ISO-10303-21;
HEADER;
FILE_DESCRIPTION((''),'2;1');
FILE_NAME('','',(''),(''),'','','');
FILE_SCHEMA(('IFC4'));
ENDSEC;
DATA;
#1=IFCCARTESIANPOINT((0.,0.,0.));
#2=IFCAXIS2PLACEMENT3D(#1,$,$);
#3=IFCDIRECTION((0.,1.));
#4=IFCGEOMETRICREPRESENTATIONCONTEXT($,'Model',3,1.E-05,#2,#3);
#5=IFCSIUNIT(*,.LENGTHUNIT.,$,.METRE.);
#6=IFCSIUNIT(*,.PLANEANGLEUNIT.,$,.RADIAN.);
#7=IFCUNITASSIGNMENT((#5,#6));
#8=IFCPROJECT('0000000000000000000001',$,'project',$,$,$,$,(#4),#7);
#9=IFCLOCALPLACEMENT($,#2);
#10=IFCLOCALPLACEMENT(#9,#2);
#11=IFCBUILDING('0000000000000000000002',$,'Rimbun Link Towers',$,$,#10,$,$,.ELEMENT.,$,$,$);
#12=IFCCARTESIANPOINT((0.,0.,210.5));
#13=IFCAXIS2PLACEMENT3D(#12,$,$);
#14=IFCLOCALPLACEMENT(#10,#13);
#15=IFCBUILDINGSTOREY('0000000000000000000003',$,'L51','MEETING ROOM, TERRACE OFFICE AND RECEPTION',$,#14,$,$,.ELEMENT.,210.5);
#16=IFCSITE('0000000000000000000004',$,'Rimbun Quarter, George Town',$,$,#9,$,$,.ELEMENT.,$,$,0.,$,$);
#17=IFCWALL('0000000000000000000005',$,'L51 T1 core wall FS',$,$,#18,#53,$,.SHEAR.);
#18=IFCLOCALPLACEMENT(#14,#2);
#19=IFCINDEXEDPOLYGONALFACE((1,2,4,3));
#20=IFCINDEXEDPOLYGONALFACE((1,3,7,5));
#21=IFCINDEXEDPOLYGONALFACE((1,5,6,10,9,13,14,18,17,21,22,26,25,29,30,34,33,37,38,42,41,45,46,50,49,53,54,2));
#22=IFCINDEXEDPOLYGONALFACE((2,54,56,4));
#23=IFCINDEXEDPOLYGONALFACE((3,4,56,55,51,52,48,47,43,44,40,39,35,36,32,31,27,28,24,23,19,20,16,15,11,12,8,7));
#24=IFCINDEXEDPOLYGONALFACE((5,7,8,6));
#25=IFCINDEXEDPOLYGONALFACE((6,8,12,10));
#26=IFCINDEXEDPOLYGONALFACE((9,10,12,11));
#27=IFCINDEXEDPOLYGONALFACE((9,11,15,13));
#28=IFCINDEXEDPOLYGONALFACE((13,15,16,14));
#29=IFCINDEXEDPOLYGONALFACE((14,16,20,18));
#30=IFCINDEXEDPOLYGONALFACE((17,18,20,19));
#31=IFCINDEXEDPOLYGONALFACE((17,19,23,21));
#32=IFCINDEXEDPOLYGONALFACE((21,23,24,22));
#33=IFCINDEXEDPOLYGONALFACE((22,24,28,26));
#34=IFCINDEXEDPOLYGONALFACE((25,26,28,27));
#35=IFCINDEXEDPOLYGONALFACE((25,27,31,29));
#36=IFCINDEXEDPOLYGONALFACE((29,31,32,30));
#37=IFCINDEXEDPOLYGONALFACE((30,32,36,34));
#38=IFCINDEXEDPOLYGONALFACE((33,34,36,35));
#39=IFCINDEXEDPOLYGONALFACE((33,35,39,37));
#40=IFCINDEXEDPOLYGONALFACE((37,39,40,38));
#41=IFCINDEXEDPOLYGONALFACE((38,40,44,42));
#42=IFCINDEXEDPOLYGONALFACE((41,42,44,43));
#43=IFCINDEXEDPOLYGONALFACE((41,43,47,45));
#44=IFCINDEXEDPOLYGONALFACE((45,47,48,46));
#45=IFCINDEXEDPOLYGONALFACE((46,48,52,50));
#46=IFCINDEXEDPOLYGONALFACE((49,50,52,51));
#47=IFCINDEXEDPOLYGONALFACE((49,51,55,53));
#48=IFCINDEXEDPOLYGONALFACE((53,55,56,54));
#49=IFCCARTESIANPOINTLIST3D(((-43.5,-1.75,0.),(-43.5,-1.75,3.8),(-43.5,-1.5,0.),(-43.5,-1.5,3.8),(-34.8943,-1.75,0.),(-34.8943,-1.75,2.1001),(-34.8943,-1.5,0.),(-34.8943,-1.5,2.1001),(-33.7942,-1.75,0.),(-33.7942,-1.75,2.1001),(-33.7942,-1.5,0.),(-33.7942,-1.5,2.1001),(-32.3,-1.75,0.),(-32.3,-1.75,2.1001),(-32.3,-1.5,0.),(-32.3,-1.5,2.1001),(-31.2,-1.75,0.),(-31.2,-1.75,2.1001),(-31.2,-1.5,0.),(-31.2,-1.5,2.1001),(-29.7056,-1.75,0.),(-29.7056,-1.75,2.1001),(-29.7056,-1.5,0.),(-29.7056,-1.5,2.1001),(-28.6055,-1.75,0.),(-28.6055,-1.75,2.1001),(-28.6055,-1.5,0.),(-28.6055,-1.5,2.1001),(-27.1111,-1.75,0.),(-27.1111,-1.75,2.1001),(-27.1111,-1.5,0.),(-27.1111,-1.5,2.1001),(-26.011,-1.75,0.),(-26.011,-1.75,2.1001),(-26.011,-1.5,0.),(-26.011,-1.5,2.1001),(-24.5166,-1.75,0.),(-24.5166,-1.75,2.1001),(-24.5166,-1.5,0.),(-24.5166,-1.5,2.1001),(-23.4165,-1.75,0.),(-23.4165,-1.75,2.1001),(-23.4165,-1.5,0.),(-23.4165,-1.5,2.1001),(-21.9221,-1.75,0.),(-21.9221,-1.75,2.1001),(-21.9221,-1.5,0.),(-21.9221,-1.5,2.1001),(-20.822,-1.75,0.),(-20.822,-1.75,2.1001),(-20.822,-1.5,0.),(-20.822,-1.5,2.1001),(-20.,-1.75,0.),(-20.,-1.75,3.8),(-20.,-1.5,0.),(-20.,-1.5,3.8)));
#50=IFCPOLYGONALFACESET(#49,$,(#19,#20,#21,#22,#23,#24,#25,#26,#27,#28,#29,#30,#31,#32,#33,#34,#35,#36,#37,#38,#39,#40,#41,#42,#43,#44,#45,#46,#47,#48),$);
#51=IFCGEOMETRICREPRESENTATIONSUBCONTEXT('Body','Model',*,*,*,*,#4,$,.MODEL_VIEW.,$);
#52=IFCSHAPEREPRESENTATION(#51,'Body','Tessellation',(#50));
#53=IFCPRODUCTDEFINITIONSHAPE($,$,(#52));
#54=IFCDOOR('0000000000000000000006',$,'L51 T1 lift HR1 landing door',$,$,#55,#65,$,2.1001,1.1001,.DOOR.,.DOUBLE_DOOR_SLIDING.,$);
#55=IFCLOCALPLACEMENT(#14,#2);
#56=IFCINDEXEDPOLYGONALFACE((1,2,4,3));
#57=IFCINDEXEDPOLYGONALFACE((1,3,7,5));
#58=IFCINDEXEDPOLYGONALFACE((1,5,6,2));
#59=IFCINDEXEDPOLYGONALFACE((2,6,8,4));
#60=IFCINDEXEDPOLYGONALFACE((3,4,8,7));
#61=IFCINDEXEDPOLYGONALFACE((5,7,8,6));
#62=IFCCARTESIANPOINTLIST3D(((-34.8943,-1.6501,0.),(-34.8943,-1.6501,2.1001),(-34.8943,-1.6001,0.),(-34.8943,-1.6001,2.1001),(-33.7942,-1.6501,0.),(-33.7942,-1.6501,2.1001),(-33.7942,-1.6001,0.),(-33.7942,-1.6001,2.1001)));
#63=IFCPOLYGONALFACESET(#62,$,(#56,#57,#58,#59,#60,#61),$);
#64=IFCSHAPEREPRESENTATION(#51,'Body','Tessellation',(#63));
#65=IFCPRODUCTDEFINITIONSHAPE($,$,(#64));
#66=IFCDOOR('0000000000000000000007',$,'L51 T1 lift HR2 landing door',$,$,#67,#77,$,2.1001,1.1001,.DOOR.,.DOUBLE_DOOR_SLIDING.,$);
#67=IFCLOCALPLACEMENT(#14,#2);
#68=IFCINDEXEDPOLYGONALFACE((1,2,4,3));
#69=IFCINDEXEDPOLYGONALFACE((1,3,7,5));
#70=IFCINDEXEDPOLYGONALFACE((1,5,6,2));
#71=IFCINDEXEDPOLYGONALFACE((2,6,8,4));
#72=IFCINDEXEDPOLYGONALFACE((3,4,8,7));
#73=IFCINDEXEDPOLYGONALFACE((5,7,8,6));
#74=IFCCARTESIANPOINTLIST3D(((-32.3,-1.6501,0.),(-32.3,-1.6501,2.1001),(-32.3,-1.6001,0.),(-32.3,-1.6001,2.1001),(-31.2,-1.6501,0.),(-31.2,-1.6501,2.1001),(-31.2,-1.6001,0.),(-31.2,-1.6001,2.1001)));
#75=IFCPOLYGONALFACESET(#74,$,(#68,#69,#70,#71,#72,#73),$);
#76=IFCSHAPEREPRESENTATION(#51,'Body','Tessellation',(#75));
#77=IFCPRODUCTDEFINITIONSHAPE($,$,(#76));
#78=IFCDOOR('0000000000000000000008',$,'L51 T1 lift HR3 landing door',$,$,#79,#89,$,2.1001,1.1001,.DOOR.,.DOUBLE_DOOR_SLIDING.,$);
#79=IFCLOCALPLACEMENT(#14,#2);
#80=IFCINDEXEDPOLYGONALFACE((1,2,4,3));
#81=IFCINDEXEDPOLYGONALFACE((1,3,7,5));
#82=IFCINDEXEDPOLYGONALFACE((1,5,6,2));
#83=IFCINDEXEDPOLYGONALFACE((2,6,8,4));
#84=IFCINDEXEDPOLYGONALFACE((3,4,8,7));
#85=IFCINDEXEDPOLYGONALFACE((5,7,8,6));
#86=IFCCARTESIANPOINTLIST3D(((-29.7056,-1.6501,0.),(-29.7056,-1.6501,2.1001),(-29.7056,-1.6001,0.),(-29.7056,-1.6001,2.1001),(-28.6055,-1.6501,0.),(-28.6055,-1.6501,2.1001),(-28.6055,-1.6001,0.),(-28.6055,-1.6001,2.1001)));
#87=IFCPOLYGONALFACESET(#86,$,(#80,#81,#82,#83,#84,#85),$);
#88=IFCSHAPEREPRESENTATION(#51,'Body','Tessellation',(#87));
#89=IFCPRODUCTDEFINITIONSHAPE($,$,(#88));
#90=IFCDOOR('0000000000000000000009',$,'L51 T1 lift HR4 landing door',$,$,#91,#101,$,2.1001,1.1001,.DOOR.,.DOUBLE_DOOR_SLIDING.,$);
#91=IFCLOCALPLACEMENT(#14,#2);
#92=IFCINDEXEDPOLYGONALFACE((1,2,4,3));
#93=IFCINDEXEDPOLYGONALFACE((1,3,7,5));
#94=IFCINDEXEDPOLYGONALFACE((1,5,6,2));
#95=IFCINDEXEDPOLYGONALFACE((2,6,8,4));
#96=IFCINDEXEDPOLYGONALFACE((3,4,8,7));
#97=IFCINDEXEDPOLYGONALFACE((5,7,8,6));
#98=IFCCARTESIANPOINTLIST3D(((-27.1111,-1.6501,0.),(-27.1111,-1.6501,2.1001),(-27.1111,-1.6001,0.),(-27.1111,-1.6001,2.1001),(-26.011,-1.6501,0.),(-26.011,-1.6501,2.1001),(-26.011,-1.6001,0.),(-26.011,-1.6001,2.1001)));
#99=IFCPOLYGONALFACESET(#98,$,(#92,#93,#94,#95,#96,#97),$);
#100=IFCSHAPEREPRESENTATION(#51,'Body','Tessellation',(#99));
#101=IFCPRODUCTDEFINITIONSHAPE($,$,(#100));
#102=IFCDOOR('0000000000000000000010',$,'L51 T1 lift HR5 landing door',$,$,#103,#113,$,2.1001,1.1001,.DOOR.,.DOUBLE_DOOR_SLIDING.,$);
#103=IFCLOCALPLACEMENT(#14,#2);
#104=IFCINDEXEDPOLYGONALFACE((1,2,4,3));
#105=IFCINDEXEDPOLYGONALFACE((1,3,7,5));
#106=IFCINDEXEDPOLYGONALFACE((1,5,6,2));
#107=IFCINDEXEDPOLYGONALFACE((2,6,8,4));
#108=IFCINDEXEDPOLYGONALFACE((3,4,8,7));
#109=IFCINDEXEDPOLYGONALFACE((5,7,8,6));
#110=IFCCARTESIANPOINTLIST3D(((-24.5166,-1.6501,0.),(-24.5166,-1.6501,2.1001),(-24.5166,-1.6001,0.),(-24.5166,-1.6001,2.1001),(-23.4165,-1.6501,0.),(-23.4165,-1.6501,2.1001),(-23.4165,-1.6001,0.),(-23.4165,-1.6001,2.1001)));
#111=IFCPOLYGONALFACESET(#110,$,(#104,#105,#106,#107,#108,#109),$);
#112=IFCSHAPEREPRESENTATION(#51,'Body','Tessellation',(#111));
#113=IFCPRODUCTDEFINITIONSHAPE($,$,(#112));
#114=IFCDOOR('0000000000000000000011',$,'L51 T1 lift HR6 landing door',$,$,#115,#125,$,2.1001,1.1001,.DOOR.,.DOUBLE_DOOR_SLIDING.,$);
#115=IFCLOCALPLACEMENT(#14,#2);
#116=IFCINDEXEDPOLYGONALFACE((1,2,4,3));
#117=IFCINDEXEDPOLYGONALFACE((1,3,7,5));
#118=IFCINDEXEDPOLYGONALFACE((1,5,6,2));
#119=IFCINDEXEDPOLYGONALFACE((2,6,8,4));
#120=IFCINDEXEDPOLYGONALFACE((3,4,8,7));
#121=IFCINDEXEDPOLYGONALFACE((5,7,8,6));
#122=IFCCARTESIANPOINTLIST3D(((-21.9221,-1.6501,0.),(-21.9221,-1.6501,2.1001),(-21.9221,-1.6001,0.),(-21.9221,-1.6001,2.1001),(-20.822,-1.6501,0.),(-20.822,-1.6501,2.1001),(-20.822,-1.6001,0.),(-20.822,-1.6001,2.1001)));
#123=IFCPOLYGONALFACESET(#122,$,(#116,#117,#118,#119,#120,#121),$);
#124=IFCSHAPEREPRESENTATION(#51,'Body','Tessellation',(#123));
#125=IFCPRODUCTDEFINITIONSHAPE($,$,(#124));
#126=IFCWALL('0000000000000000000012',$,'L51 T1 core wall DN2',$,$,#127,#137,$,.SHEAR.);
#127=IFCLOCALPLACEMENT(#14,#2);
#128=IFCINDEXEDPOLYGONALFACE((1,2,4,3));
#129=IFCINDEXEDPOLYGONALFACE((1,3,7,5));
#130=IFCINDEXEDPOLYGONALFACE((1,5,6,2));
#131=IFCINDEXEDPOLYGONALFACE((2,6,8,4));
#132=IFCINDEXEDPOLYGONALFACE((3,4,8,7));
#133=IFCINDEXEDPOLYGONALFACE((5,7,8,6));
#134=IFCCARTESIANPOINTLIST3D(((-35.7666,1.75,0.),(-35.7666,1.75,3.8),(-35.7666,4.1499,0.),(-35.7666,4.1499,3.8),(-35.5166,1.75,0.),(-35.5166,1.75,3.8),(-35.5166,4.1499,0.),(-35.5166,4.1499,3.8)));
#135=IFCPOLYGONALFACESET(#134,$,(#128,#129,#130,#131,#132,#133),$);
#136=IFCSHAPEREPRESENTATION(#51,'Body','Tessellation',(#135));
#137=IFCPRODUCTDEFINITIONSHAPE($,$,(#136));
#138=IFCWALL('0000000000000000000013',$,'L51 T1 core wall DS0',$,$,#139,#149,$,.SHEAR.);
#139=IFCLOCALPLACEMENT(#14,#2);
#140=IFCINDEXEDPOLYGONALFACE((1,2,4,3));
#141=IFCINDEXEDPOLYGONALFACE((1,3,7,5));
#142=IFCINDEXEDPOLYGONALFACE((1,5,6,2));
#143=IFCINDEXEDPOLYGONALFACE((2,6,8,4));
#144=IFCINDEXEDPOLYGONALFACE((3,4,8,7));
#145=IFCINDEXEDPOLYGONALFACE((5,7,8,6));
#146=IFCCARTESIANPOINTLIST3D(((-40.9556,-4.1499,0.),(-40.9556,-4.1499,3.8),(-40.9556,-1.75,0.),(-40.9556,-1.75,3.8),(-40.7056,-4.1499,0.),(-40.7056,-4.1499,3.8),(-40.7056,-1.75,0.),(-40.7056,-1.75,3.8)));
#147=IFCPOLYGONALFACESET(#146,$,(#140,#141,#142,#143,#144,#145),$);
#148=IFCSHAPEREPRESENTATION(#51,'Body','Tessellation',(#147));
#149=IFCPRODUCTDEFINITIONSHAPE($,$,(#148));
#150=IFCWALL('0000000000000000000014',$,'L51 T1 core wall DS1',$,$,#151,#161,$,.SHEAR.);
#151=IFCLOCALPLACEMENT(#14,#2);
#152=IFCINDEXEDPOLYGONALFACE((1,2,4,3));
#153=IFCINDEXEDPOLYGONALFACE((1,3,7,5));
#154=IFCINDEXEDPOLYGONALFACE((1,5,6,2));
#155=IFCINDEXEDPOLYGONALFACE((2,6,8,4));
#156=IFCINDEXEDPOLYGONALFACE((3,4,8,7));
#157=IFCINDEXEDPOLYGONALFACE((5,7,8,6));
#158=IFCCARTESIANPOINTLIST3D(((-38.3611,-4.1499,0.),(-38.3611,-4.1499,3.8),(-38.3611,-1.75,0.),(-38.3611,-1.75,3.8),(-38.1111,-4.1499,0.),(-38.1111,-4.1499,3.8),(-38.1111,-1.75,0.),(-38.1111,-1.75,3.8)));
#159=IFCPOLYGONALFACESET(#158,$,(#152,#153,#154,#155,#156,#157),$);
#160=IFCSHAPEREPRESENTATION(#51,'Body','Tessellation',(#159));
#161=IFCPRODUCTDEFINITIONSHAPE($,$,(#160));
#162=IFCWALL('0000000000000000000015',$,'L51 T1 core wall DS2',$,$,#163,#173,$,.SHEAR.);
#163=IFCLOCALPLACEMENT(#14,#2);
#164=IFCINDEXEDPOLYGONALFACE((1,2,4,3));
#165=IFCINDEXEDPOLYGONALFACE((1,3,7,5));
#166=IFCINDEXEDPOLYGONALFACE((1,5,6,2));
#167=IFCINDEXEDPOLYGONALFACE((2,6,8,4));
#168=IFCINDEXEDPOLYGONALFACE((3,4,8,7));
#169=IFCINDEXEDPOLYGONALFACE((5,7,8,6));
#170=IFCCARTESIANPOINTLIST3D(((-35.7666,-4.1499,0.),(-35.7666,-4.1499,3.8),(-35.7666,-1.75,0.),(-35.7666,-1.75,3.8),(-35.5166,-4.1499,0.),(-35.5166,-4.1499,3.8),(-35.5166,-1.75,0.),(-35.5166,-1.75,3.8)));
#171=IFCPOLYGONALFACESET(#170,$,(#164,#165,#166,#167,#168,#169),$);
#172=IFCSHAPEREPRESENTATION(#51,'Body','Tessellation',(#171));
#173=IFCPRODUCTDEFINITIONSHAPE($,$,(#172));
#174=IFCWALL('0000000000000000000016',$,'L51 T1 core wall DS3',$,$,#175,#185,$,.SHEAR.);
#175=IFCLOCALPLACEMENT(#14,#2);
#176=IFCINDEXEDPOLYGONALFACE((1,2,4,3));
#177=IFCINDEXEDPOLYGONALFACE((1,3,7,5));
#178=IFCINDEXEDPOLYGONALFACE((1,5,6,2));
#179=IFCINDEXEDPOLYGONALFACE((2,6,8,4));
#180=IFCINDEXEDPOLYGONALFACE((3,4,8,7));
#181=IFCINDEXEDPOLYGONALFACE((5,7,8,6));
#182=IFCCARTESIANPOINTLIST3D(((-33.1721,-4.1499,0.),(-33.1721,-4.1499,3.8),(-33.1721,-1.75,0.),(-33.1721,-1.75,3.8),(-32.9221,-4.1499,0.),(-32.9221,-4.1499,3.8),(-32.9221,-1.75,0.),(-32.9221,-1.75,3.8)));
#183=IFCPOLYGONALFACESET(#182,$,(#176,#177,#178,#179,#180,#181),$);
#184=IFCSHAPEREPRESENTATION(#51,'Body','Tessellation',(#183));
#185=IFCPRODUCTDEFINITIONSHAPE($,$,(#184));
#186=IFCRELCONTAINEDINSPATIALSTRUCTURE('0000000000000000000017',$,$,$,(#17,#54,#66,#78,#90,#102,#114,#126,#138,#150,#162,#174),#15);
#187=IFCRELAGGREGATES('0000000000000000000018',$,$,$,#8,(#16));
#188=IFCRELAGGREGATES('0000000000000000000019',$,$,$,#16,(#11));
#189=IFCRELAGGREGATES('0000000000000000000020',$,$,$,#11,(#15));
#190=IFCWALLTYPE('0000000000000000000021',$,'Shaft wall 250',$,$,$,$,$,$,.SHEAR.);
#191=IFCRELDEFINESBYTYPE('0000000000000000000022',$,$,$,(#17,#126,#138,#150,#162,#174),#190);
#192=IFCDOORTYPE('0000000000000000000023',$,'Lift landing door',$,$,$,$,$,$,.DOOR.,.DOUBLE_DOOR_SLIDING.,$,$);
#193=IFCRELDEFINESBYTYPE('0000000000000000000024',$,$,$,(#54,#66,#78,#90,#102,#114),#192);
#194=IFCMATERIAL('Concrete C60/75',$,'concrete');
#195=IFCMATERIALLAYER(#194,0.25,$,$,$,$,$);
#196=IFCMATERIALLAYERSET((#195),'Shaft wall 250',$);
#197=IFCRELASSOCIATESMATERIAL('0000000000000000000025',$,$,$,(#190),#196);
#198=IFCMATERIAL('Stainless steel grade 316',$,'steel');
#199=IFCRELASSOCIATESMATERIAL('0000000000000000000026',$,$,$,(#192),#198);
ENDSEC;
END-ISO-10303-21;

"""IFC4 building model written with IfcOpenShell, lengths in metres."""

from ifc_helpers import new_model, si_unit, direction, frame, frame_2d, origin, place, context, subcontext, project, spatial, rectangle, extrude, material, layer, layer_set, type_object, element, fill, save


model = new_model("IFC4")

# Units and contexts
model_context = context("Model", 3, precision=1e-05, world=origin(), true_north=direction((0.0, 1.0)))
body_context = subcontext(model_context, "Body", "Model", "MODEL_VIEW")
ifc_project = project(units=[si_unit("LENGTHUNIT", "METRE"), si_unit("PLANEANGLEUNIT", "RADIAN")], contexts=[model_context])

# Site, building, storey
site_placement = place(None, origin())
site = spatial("IfcSite", under=ifc_project, at=site_placement, Name="Rimbun Quarter, George Town", CompositionType="ELEMENT", RefElevation=0.0)
building_placement = place(site_placement, origin())
building = spatial("IfcBuilding", under=site, at=building_placement, Name="Rimbun Link Towers", CompositionType="ELEMENT")
storey_placement = place(building_placement, frame((0.0, 0.0, 210.5)))
storey = spatial("IfcBuildingStorey", under=building, at=storey_placement, Name="L51", Description="MEETING ROOM, TERRACE OFFICE AND RECEPTION", CompositionType="ELEMENT", Elevation=210.5)

# Wall, openings, doors
ifc_material_1 = material(Name="Concrete C60/75", Category="concrete")
ifc_layer_1 = layer(ifc_material_1, 0.25)
ifc_layer_set_1 = layer_set([ifc_layer_1], Name="Shaft wall 250")
wall_type_1 = type_object("IfcWallType", Name="Shaft wall 250", PredefinedType="SHEAR", material=ifc_layer_set_1)
wall_1_placement = place(storey_placement, frame((-43.5, -1.625, 0.0), z_axis=(0.0, 0.0, 1.0), x_axis=(1.0, 0.0, 0.0)))
wall_1 = element("IfcWall", 1, at=wall_1_placement, inside=storey, type_object=wall_type_1, Name="L51 T1 core wall FS", PredefinedType="SHEAR", context=body_context, shape_type="SweptSolid", body=[
    extrude(rectangle(XDim=23.5, YDim=0.25, at=frame_2d((11.75, 0.0))), origin(), (0.0, 0.0, 1.0), 3.8),
])
opening_1_placement = place(wall_1_placement, frame((8.6057, 0.0, 0.0)))
opening_1 = element("IfcOpeningElement", 2, at=opening_1_placement, cuts=wall_1, PredefinedType="OPENING", context=body_context, shape_type="SweptSolid", body=[
    extrude(rectangle(XDim=1.1001, YDim=2.1001, at=frame_2d((0.55, 1.05))), frame((0.0, 0.135, 0.0), z_axis=(0.0, -1.0, 0.0), x_axis=(1.0, 0.0, 0.0)), (0.0, 0.0, 1.0), 0.27),
])
opening_2_placement = place(wall_1_placement, frame((11.2, 0.0, 0.0)))
opening_2 = element("IfcOpeningElement", 3, at=opening_2_placement, cuts=wall_1, PredefinedType="OPENING", context=body_context, shape_type="SweptSolid", body=[
    extrude(rectangle(XDim=1.1001, YDim=2.1001, at=frame_2d((0.55, 1.05))), frame((0.0, 0.135, 0.0), z_axis=(0.0, -1.0, 0.0), x_axis=(1.0, 0.0, 0.0)), (0.0, 0.0, 1.0), 0.27),
])
opening_3_placement = place(wall_1_placement, frame((13.7944, 0.0, 0.0)))
opening_3 = element("IfcOpeningElement", 4, at=opening_3_placement, cuts=wall_1, PredefinedType="OPENING", context=body_context, shape_type="SweptSolid", body=[
    extrude(rectangle(XDim=1.1001, YDim=2.1001, at=frame_2d((0.55, 1.05))), frame((0.0, 0.135, 0.0), z_axis=(0.0, -1.0, 0.0), x_axis=(1.0, 0.0, 0.0)), (0.0, 0.0, 1.0), 0.27),
])
opening_4_placement = place(wall_1_placement, frame((16.3889, 0.0, 0.0)))
opening_4 = element("IfcOpeningElement", 5, at=opening_4_placement, cuts=wall_1, PredefinedType="OPENING", context=body_context, shape_type="SweptSolid", body=[
    extrude(rectangle(XDim=1.1001, YDim=2.1001, at=frame_2d((0.55, 1.05))), frame((0.0, 0.135, 0.0), z_axis=(0.0, -1.0, 0.0), x_axis=(1.0, 0.0, 0.0)), (0.0, 0.0, 1.0), 0.27),
])
opening_5_placement = place(wall_1_placement, frame((18.9834, 0.0, 0.0)))
opening_5 = element("IfcOpeningElement", 6, at=opening_5_placement, cuts=wall_1, PredefinedType="OPENING", context=body_context, shape_type="SweptSolid", body=[
    extrude(rectangle(XDim=1.1001, YDim=2.1001, at=frame_2d((0.55, 1.05))), frame((0.0, 0.135, 0.0), z_axis=(0.0, -1.0, 0.0), x_axis=(1.0, 0.0, 0.0)), (0.0, 0.0, 1.0), 0.27),
])
opening_6_placement = place(wall_1_placement, frame((21.5779, 0.0, 0.0)))
opening_6 = element("IfcOpeningElement", 7, at=opening_6_placement, cuts=wall_1, PredefinedType="OPENING", context=body_context, shape_type="SweptSolid", body=[
    extrude(rectangle(XDim=1.1001, YDim=2.1001, at=frame_2d((0.55, 1.05))), frame((0.0, 0.135, 0.0), z_axis=(0.0, -1.0, 0.0), x_axis=(1.0, 0.0, 0.0)), (0.0, 0.0, 1.0), 0.27),
])
ifc_material_2 = material(Name="Stainless steel grade 316", Category="steel")
door_type_1 = type_object("IfcDoorType", Name="Lift landing door", OperationType="DOUBLE_DOOR_SLIDING", PredefinedType="DOOR", material=ifc_material_2)
door_1_placement = place(opening_1_placement, origin())
door_1 = element("IfcDoor", 8, at=door_1_placement, inside=storey, type_object=door_type_1, Name="L51 T1 lift HR1 landing door", OperationType="DOUBLE_DOOR_SLIDING", OverallHeight=2.1001, OverallWidth=1.1001, PredefinedType="DOOR", context=body_context, shape_type="SweptSolid", body=[
    extrude(rectangle(XDim=1.1001, YDim=2.1001, at=frame_2d((0.55, 1.05))), frame((0.0, 0.0249, 0.0), z_axis=(0.0, -1.0, 0.0), x_axis=(1.0, 0.0, 0.0)), (0.0, 0.0, 1.0), 0.05),
])
fill(opening_1, door_1)
door_2_placement = place(opening_2_placement, origin())
door_2 = element("IfcDoor", 9, at=door_2_placement, inside=storey, type_object=door_type_1, Name="L51 T1 lift HR2 landing door", OperationType="DOUBLE_DOOR_SLIDING", OverallHeight=2.1001, OverallWidth=1.1001, PredefinedType="DOOR", context=body_context, shape_type="SweptSolid", body=[
    extrude(rectangle(XDim=1.1001, YDim=2.1001, at=frame_2d((0.55, 1.05))), frame((0.0, 0.0249, 0.0), z_axis=(0.0, -1.0, 0.0), x_axis=(1.0, 0.0, 0.0)), (0.0, 0.0, 1.0), 0.05),
])
fill(opening_2, door_2)
door_3_placement = place(opening_3_placement, origin())
door_3 = element("IfcDoor", 10, at=door_3_placement, inside=storey, type_object=door_type_1, Name="L51 T1 lift HR3 landing door", OperationType="DOUBLE_DOOR_SLIDING", OverallHeight=2.1001, OverallWidth=1.1001, PredefinedType="DOOR", context=body_context, shape_type="SweptSolid", body=[
    extrude(rectangle(XDim=1.1001, YDim=2.1001, at=frame_2d((0.55, 1.05))), frame((0.0, 0.0249, 0.0), z_axis=(0.0, -1.0, 0.0), x_axis=(1.0, 0.0, 0.0)), (0.0, 0.0, 1.0), 0.05),
])
fill(opening_3, door_3)
door_4_placement = place(opening_4_placement, origin())
door_4 = element("IfcDoor", 11, at=door_4_placement, inside=storey, type_object=door_type_1, Name="L51 T1 lift HR4 landing door", OperationType="DOUBLE_DOOR_SLIDING", OverallHeight=2.1001, OverallWidth=1.1001, PredefinedType="DOOR", context=body_context, shape_type="SweptSolid", body=[
    extrude(rectangle(XDim=1.1001, YDim=2.1001, at=frame_2d((0.55, 1.05))), frame((0.0, 0.0249, 0.0), z_axis=(0.0, -1.0, 0.0), x_axis=(1.0, 0.0, 0.0)), (0.0, 0.0, 1.0), 0.05),
])
fill(opening_4, door_4)
door_5_placement = place(opening_5_placement, origin())
door_5 = element("IfcDoor", 12, at=door_5_placement, inside=storey, type_object=door_type_1, Name="L51 T1 lift HR5 landing door", OperationType="DOUBLE_DOOR_SLIDING", OverallHeight=2.1001, OverallWidth=1.1001, PredefinedType="DOOR", context=body_context, shape_type="SweptSolid", body=[
    extrude(rectangle(XDim=1.1001, YDim=2.1001, at=frame_2d((0.55, 1.05))), frame((0.0, 0.0249, 0.0), z_axis=(0.0, -1.0, 0.0), x_axis=(1.0, 0.0, 0.0)), (0.0, 0.0, 1.0), 0.05),
])
fill(opening_5, door_5)
door_6_placement = place(opening_6_placement, origin())
door_6 = element("IfcDoor", 13, at=door_6_placement, inside=storey, type_object=door_type_1, Name="L51 T1 lift HR6 landing door", OperationType="DOUBLE_DOOR_SLIDING", OverallHeight=2.1001, OverallWidth=1.1001, PredefinedType="DOOR", context=body_context, shape_type="SweptSolid", body=[
    extrude(rectangle(XDim=1.1001, YDim=2.1001, at=frame_2d((0.55, 1.05))), frame((0.0, 0.0249, 0.0), z_axis=(0.0, -1.0, 0.0), x_axis=(1.0, 0.0, 0.0)), (0.0, 0.0, 1.0), 0.05),
])
fill(opening_6, door_6)

# Walls
for number, where, z_axis, x_axis, name in (
    (14, (-35.6416, 1.75, 0.0), (0.0, 0.0, 1.0), (0.0, 1.0, 0.0), "L51 T1 core wall DN2"),
    (15, (-40.8306, -4.1499, 0.0), (0.0, 0.0, 1.0), (0.0, 1.0, 0.0), "L51 T1 core wall DS0"),
    (16, (-38.2361, -4.1499, 0.0), (0.0, 0.0, 1.0), (0.0, 1.0, 0.0), "L51 T1 core wall DS1"),
    (17, (-35.6416, -4.1499, 0.0), (0.0, 0.0, 1.0), (0.0, 1.0, 0.0), "L51 T1 core wall DS2"),
    (18, (-33.0471, -4.1499, 0.0), (0.0, 0.0, 1.0), (0.0, 1.0, 0.0), "L51 T1 core wall DS3"),
):
    element("IfcWall", number, at=place(storey_placement, frame(where, z_axis=z_axis, x_axis=x_axis)), inside=storey, type_object=wall_type_1, Name=name, PredefinedType="SHEAR", context=body_context, shape_type="SweptSolid", body=[
        extrude(rectangle(XDim=2.3999, YDim=0.25, at=frame_2d((1.2, 0.0))), origin(), (0.0, 0.0, 1.0), 3.8),
    ])

save(model, "model.ifc")
